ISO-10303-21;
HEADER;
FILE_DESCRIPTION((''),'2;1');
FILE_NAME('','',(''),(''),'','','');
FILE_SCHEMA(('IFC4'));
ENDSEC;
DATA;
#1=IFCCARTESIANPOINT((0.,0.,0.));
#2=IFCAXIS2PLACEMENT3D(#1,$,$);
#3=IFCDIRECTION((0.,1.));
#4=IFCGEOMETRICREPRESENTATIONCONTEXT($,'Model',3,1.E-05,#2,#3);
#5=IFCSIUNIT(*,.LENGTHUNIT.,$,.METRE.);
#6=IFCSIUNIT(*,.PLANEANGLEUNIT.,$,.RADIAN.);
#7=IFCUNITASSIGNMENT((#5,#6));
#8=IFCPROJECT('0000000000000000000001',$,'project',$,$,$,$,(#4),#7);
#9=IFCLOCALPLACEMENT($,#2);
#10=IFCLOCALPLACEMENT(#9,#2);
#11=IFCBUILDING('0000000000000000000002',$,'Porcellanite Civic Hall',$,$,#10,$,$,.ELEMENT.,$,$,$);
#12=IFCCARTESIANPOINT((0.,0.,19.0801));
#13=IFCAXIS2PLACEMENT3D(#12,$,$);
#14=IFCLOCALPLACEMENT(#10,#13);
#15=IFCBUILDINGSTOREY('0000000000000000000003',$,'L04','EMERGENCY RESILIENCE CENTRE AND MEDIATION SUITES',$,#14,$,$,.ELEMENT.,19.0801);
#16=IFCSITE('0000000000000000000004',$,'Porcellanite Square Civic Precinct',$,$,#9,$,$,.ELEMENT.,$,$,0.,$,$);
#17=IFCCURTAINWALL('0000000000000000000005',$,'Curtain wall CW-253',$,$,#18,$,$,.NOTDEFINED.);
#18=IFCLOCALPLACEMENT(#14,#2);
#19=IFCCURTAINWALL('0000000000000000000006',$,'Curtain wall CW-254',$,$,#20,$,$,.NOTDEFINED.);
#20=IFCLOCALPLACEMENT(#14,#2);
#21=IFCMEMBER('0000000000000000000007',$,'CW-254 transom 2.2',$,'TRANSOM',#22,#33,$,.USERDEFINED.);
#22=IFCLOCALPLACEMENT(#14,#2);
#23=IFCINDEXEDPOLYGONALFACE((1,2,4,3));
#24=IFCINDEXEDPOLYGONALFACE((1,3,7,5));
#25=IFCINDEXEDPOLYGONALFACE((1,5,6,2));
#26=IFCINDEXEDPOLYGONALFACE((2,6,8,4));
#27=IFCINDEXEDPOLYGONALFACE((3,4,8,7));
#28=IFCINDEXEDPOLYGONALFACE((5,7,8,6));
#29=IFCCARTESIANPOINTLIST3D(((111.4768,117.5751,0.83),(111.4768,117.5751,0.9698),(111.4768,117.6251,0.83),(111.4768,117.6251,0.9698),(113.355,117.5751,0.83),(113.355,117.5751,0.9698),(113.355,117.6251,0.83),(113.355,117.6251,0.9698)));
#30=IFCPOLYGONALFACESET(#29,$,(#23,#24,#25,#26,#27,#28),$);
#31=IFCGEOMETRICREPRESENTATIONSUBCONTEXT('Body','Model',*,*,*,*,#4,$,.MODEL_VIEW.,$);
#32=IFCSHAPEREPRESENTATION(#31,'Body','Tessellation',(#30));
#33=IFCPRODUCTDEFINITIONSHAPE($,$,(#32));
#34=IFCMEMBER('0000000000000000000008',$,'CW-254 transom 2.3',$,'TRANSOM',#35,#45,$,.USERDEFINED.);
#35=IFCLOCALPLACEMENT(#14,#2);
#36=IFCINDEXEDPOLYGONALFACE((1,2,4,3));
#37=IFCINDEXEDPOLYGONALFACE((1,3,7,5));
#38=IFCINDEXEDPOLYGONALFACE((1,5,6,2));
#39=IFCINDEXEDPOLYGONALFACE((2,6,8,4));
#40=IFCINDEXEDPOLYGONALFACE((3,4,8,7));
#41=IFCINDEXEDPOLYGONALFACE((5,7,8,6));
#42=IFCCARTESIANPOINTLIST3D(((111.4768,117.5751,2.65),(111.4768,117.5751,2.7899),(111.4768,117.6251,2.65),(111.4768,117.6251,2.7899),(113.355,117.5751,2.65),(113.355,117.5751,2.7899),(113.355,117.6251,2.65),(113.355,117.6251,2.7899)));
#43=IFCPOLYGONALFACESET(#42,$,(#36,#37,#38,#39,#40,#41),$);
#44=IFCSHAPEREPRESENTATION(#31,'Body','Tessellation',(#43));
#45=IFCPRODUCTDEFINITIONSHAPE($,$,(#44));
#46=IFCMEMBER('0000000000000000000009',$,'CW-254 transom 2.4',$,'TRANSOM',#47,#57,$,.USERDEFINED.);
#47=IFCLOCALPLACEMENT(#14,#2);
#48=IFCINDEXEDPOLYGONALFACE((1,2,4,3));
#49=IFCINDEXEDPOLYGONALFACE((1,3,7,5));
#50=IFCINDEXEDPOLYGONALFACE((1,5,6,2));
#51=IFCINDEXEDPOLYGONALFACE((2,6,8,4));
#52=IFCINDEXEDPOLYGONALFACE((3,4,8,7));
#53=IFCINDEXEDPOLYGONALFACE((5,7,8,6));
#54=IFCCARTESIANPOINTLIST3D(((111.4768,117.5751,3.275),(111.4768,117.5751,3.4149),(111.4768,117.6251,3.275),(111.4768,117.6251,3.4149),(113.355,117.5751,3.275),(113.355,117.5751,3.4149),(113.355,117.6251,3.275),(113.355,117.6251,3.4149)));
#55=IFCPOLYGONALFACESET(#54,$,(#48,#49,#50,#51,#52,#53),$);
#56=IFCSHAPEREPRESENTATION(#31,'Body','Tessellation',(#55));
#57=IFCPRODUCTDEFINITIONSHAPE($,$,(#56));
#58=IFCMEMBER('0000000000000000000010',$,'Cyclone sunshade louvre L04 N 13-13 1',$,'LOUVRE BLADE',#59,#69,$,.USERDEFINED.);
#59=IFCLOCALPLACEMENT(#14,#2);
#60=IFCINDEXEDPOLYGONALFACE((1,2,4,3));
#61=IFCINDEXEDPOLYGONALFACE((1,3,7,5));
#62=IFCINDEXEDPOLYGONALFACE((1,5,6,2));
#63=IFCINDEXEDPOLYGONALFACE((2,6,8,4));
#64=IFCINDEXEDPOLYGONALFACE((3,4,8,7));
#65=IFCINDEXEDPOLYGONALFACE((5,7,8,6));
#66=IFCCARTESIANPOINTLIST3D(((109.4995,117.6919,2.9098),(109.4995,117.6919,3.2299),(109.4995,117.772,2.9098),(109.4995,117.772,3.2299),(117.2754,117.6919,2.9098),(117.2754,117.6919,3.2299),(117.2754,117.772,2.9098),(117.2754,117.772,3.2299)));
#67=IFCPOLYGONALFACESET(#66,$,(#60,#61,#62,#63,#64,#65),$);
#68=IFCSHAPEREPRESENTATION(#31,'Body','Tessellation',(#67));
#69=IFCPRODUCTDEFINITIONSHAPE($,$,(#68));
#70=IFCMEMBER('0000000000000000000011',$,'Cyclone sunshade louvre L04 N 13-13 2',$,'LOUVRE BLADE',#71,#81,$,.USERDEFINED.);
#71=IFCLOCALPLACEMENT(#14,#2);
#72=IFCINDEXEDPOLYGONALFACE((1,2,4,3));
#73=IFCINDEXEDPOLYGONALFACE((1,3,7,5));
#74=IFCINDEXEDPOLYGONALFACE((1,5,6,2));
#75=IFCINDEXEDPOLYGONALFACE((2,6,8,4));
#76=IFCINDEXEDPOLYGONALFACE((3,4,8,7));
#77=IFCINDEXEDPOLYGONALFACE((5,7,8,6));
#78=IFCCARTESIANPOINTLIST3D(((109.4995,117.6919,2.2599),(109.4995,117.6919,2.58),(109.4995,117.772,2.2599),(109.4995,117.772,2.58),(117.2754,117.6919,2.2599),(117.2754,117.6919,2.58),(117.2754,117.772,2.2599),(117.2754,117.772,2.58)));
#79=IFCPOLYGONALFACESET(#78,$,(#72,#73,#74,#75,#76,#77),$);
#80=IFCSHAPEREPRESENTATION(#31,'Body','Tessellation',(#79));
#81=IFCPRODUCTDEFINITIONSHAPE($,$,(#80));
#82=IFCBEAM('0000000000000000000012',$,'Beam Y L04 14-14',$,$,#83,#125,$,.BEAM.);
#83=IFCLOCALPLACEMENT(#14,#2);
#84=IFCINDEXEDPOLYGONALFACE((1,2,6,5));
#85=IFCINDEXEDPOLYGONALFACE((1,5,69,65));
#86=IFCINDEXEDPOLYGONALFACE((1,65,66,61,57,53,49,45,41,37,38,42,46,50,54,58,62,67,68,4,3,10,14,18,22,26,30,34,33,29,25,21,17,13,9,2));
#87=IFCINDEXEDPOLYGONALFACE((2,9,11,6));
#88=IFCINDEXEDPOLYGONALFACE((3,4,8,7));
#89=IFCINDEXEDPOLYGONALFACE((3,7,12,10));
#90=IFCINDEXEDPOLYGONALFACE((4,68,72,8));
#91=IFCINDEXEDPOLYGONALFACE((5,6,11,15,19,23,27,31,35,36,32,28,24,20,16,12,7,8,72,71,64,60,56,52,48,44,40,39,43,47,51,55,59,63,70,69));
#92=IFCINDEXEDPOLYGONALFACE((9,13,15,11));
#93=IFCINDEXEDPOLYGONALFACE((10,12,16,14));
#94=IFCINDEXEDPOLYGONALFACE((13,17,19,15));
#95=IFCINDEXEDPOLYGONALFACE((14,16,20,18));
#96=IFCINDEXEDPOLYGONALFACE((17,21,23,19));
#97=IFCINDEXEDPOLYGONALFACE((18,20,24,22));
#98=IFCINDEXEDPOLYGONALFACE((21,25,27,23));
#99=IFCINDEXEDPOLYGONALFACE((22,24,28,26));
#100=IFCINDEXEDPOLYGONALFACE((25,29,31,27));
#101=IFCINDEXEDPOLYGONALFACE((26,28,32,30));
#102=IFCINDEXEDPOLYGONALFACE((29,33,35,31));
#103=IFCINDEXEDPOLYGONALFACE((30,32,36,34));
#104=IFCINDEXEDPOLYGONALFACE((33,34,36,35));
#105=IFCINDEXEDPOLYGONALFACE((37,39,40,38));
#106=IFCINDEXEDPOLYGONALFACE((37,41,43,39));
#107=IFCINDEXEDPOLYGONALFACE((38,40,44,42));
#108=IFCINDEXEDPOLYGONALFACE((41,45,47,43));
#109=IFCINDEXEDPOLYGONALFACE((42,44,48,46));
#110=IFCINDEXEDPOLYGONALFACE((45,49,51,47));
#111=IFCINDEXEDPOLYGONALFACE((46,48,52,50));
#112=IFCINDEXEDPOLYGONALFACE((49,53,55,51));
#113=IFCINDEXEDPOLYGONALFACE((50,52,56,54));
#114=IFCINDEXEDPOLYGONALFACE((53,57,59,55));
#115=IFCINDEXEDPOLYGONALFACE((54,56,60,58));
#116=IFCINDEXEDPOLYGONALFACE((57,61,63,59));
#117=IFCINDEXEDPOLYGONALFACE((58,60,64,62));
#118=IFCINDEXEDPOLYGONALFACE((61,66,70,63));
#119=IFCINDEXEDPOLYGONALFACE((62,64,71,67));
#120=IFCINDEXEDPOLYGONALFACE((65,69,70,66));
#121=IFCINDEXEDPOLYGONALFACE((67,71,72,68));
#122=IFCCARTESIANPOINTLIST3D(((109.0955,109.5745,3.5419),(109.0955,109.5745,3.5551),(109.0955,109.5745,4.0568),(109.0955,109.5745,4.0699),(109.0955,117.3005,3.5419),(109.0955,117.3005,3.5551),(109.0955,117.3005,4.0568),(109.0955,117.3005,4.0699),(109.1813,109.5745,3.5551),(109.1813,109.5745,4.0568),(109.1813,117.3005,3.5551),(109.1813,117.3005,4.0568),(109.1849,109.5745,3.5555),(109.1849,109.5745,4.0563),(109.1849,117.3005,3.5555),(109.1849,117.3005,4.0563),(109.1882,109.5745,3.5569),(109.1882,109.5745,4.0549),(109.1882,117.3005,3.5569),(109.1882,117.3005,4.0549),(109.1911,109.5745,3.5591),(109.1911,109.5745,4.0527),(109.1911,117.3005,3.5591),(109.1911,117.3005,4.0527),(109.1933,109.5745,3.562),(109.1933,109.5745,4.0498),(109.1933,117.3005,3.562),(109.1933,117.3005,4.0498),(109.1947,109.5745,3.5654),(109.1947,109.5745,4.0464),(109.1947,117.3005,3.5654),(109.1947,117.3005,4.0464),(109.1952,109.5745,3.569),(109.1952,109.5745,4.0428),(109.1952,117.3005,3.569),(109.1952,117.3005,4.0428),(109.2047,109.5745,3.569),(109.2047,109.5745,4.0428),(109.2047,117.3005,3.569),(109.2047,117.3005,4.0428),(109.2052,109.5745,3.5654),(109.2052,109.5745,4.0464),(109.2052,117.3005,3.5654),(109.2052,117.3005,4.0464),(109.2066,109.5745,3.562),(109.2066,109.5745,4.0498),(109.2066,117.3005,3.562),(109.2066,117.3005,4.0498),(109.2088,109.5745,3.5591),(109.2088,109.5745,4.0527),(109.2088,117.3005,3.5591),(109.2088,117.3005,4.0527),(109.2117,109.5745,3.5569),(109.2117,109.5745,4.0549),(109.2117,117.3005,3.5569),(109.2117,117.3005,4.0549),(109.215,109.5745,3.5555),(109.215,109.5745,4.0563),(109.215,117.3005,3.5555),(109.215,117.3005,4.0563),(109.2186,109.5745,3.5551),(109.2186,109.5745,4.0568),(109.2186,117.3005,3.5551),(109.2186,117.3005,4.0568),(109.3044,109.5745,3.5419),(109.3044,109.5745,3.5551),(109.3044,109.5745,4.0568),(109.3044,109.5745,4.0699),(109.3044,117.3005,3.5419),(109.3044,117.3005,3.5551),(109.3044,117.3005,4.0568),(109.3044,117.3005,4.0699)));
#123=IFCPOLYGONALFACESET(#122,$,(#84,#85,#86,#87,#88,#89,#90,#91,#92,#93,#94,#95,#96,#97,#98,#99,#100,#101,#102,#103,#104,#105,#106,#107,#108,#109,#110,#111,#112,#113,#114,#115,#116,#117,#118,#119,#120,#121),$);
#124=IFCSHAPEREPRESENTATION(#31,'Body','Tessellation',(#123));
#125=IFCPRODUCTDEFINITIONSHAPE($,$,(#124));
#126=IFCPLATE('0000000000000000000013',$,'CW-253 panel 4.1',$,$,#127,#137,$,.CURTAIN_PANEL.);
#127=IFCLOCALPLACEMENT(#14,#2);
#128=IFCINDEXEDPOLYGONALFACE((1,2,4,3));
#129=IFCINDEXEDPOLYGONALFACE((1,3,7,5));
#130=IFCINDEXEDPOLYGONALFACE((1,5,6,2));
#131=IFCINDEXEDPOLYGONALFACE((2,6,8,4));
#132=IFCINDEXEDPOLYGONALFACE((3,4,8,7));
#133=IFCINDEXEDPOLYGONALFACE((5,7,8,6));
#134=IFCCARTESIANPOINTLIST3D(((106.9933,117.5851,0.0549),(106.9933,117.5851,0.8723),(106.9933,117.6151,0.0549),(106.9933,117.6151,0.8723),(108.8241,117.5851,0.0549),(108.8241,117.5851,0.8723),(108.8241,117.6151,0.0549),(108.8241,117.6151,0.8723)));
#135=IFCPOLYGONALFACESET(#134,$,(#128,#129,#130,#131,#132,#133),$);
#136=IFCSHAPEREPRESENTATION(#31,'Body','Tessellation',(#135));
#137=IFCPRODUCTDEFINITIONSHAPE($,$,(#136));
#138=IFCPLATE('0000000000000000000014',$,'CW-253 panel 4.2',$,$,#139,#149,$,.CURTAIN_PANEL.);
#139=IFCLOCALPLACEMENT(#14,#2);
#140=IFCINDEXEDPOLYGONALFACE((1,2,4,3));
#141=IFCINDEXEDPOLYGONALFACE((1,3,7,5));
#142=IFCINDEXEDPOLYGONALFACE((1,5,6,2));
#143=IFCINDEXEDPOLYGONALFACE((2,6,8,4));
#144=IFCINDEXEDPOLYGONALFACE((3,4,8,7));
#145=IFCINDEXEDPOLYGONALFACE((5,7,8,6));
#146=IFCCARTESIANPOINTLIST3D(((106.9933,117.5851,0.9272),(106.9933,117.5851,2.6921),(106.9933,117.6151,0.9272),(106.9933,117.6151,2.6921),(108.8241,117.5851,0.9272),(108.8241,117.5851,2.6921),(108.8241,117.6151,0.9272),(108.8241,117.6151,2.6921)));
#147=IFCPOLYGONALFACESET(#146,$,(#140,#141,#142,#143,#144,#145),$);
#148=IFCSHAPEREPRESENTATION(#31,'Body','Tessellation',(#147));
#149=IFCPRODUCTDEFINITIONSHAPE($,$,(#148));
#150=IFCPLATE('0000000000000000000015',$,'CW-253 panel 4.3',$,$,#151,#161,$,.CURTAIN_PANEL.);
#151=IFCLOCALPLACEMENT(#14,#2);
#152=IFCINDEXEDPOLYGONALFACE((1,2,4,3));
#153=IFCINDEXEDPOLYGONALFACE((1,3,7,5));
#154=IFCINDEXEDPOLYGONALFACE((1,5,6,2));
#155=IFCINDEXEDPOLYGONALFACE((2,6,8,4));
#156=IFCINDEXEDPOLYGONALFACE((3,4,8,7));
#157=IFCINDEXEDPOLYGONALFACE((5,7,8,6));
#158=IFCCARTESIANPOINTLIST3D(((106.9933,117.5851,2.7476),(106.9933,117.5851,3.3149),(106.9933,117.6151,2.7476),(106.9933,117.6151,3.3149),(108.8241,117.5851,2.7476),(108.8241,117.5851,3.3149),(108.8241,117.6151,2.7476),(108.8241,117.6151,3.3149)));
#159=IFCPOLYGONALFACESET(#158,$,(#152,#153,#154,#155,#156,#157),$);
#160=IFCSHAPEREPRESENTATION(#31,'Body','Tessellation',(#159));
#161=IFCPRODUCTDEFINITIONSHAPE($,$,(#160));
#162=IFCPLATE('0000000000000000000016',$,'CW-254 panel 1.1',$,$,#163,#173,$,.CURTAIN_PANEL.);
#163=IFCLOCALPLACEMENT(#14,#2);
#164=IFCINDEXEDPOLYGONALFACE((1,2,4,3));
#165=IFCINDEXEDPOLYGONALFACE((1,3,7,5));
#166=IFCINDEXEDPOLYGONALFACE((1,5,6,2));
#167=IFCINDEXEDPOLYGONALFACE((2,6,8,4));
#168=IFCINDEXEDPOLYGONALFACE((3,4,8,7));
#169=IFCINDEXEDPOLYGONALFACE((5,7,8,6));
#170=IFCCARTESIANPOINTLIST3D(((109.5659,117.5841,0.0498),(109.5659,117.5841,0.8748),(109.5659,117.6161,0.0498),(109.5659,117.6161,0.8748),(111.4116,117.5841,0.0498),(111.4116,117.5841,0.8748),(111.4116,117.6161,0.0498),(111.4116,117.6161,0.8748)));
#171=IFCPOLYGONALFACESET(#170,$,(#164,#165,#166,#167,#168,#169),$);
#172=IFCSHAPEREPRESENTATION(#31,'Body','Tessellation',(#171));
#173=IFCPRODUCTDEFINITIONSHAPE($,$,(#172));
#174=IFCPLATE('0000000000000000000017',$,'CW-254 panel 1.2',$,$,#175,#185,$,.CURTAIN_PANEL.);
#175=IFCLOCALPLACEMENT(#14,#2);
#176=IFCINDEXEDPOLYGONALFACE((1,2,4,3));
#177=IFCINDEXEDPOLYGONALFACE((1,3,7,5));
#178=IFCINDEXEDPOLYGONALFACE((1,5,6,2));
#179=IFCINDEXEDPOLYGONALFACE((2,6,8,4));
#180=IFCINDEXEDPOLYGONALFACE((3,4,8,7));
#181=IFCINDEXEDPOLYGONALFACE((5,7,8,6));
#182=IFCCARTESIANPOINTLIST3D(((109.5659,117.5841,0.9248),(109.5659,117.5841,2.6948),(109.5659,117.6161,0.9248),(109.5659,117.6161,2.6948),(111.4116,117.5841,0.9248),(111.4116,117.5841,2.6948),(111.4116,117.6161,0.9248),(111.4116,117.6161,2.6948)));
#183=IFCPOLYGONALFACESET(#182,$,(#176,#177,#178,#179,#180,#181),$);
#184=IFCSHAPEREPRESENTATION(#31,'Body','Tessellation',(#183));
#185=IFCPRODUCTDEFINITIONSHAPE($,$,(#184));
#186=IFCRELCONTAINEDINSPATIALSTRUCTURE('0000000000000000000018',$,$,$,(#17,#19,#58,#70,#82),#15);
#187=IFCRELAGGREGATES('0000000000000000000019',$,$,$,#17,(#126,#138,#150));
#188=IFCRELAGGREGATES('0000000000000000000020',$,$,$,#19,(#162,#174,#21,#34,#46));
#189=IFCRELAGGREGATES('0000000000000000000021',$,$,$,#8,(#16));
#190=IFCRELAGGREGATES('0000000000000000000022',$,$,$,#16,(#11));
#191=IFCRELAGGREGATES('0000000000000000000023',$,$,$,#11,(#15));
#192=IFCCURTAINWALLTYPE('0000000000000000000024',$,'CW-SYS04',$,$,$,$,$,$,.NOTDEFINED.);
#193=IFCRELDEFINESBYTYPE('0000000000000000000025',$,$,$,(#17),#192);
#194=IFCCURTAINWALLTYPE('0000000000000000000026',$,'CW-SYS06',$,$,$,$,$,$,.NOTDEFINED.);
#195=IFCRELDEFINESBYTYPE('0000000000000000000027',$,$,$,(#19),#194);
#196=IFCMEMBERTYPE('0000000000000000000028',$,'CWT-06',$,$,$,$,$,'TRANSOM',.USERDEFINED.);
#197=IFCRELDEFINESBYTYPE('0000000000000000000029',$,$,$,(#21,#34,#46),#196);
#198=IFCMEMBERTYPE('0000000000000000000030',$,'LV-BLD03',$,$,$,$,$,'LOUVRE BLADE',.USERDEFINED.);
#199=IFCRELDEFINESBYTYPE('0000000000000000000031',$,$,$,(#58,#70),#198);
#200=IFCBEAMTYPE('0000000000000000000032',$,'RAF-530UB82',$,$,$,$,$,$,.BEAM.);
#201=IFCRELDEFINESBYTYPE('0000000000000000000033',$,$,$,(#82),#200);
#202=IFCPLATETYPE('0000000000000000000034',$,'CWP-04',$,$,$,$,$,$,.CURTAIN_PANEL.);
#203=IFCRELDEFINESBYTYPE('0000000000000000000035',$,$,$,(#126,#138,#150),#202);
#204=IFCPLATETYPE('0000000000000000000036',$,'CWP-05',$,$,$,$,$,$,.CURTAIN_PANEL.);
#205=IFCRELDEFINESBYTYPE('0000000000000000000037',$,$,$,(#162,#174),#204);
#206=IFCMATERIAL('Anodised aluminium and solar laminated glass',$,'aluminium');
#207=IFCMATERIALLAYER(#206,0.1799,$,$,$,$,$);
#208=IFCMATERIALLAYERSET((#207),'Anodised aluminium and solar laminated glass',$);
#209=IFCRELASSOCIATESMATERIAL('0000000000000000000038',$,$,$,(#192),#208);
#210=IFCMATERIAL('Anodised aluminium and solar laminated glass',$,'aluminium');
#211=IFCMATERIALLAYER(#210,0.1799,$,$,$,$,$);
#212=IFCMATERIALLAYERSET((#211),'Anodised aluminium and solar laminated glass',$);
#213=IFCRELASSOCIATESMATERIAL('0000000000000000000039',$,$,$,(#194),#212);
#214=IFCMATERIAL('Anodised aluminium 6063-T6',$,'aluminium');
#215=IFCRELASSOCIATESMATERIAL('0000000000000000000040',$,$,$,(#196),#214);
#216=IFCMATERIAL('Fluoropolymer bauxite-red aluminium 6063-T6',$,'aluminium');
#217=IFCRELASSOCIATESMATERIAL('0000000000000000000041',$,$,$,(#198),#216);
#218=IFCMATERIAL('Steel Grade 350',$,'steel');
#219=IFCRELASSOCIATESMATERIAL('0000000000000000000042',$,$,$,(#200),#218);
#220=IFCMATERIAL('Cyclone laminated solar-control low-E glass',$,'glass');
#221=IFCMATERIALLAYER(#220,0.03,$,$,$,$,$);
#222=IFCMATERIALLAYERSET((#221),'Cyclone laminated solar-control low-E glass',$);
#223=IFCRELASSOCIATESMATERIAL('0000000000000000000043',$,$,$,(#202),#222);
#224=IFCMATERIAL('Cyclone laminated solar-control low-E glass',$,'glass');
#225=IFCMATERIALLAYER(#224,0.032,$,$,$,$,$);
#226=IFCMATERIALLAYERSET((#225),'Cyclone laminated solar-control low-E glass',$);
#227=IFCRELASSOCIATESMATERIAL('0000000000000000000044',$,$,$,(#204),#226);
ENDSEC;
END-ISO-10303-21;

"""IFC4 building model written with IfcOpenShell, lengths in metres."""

from ifc_helpers import new_model, si_unit, direction, frame, origin, origin_2d, place, context, subcontext, project, spatial, rectangle, i_section, extrude, material, layer, layer_set, material_profile, profile_set, type_object, element, aggregate, save


model = new_model("IFC4")

# Units and contexts
model_context = context("Model", 3, precision=1e-05, world=origin(), true_north=direction((0.0, 1.0)))
body_context = subcontext(model_context, "Body", "Model", "MODEL_VIEW")
ifc_project = project(units=[si_unit("LENGTHUNIT", "METRE"), si_unit("PLANEANGLEUNIT", "RADIAN")], contexts=[model_context])

# Site, building, storey
site_placement = place(None, origin())
site = spatial("IfcSite", under=ifc_project, at=site_placement, Name="Porcellanite Square Civic Precinct", CompositionType="ELEMENT", RefElevation=0.0)
building_placement = place(site_placement, origin())
building = spatial("IfcBuilding", under=site, at=building_placement, Name="Porcellanite Civic Hall", CompositionType="ELEMENT")
storey_placement = place(building_placement, frame((0.0, 0.0, 19.0801)))
storey = spatial("IfcBuildingStorey", under=building, at=storey_placement, Name="L04", Description="EMERGENCY RESILIENCE CENTRE AND MEDIATION SUITES", CompositionType="ELEMENT", Elevation=19.0801)

# Curtain wall
ifc_material_1 = material(Name="Anodised aluminium and solar laminated glass", Category="aluminium")
ifc_layer_1 = layer(ifc_material_1, 0.1799)
ifc_layer_set_1 = layer_set([ifc_layer_1], Name="Anodised aluminium and solar laminated glass")
curtain_wall_type_1 = type_object("IfcCurtainWallType", Name="CW-SYS04", PredefinedType="NOTDEFINED", material=ifc_layer_set_1)
curtain_wall_1_placement = place(storey_placement, origin())
curtain_wall_1 = element("IfcCurtainWall", 1, at=curtain_wall_1_placement, inside=storey, type_object=curtain_wall_type_1, Name="Curtain wall CW-253", PredefinedType="NOTDEFINED")

# Curtain wall
ifc_material_2 = material(Name="Anodised aluminium and solar laminated glass", Category="aluminium")
ifc_layer_2 = layer(ifc_material_2, 0.1799)
ifc_layer_set_2 = layer_set([ifc_layer_2], Name="Anodised aluminium and solar laminated glass")
curtain_wall_type_2 = type_object("IfcCurtainWallType", Name="CW-SYS06", PredefinedType="NOTDEFINED", material=ifc_layer_set_2)
curtain_wall_2_placement = place(storey_placement, origin())
curtain_wall_2 = element("IfcCurtainWall", 2, at=curtain_wall_2_placement, inside=storey, type_object=curtain_wall_type_2, Name="Curtain wall CW-254", PredefinedType="NOTDEFINED")

# Members
ifc_material_3 = material(Name="Anodised aluminium 6063-T6", Category="aluminium")
ifc_material_profile_1 = material_profile(ifc_material_3, rectangle(XDim=0.05, YDim=0.1399, at=origin_2d()), Name="AL-50x140")
ifc_profile_set_1 = profile_set([ifc_material_profile_1], Name="Anodised aluminium 6063-T6")
member_type_1 = type_object("IfcMemberType", Name="CWT-06", ElementType="TRANSOM", PredefinedType="USERDEFINED", material=ifc_profile_set_1)
member_1_placement = place(storey_placement, frame((111.4768, 117.6001, 0.8999), z_axis=(1.0, 0.0, 0.0), x_axis=(0.0, 1.0, 0.0)))
member_1 = element("IfcMember", 3, at=member_1_placement, type_object=member_type_1, Name="CW-254 transom 2.2", ObjectType="TRANSOM", PredefinedType="USERDEFINED", context=body_context, shape_type="SweptSolid", body=[
    extrude(rectangle(XDim=0.05, YDim=0.1399, at=origin_2d()), origin(), (0.0, 0.0, 1.0), 1.8782),
])
member_2_placement = place(storey_placement, frame((111.4768, 117.6001, 2.72), z_axis=(1.0, 0.0, 0.0), x_axis=(0.0, 1.0, 0.0)))
member_2 = element("IfcMember", 4, at=member_2_placement, type_object=member_type_1, Name="CW-254 transom 2.3", ObjectType="TRANSOM", PredefinedType="USERDEFINED", context=body_context, shape_type="SweptSolid", body=[
    extrude(rectangle(XDim=0.05, YDim=0.1399, at=origin_2d()), origin(), (0.0, 0.0, 1.0), 1.8782),
])
member_3_placement = place(storey_placement, frame((111.4768, 117.6001, 3.345), z_axis=(1.0, 0.0, 0.0), x_axis=(0.0, 1.0, 0.0)))
member_3 = element("IfcMember", 5, at=member_3_placement, type_object=member_type_1, Name="CW-254 transom 2.4", ObjectType="TRANSOM", PredefinedType="USERDEFINED", context=body_context, shape_type="SweptSolid", body=[
    extrude(rectangle(XDim=0.05, YDim=0.1399, at=origin_2d()), origin(), (0.0, 0.0, 1.0), 1.8782),
])

# Members
ifc_material_4 = material(Name="Fluoropolymer bauxite-red aluminium 6063-T6", Category="aluminium")
ifc_material_profile_2 = material_profile(ifc_material_4, rectangle(XDim=0.0801, YDim=0.3201, at=origin_2d()), Name="AL-80x320")
ifc_profile_set_2 = profile_set([ifc_material_profile_2], Name="Fluoropolymer bauxite-red aluminium 6063-T6")
member_type_2 = type_object("IfcMemberType", Name="LV-BLD03", ElementType="LOUVRE BLADE", PredefinedType="USERDEFINED", material=ifc_profile_set_2)
for number, where, z_axis, x_axis, name in (
    (6, (109.4995, 117.7319, 3.0698), (1.0, 0.0, 0.0), (0.0, 1.0, 0.0), "Cyclone sunshade louvre L04 N 13-13 1"),
    (7, (109.4995, 117.7319, 2.4199), (1.0, 0.0, 0.0), (0.0, 1.0, 0.0), "Cyclone sunshade louvre L04 N 13-13 2"),
):
    element("IfcMember", number, at=place(storey_placement, frame(where, z_axis=z_axis, x_axis=x_axis)), inside=storey, type_object=member_type_2, Name=name, ObjectType="LOUVRE BLADE", PredefinedType="USERDEFINED", context=body_context, shape_type="SweptSolid", body=[
        extrude(rectangle(XDim=0.0801, YDim=0.3201, at=origin_2d()), origin(), (0.0, 0.0, 1.0), 7.7759),
    ])

# Beam
ifc_material_5 = material(Name="Steel Grade 350", Category="steel")
ifc_material_profile_3 = material_profile(ifc_material_5, i_section(OverallWidth=0.209, OverallDepth=0.5281, WebThickness=0.0095, FlangeThickness=0.0132, FilletRadius=0.0139, at=origin_2d()), Name="530UB82.0")
ifc_profile_set_3 = profile_set([ifc_material_profile_3], Name="Steel Grade 350")
beam_type_1 = type_object("IfcBeamType", Name="RAF-530UB82", PredefinedType="BEAM", material=ifc_profile_set_3)
beam_1_placement = place(storey_placement, frame((109.2, 109.5745, 3.8059), z_axis=(0.0, 1.0, 0.0), x_axis=(-1.0, 0.0, 0.0)))
element("IfcBeam", 8, at=beam_1_placement, inside=storey, type_object=beam_type_1, Name="Beam Y L04 14-14", PredefinedType="BEAM", context=body_context, shape_type="SweptSolid", body=[
    extrude(i_section(OverallWidth=0.209, OverallDepth=0.5281, WebThickness=0.0095, FlangeThickness=0.0132, FilletRadius=0.0139, at=origin_2d()), origin(), (0.0, 0.0, 1.0), 7.7261),
])

# Plates
ifc_material_6 = material(Name="Cyclone laminated solar-control low-E glass", Category="glass")
ifc_layer_3 = layer(ifc_material_6, 0.03)
ifc_layer_set_3 = layer_set([ifc_layer_3], Name="Cyclone laminated solar-control low-E glass")
plate_type_1 = type_object("IfcPlateType", Name="CWP-04", PredefinedType="CURTAIN_PANEL", material=ifc_layer_set_3)
plate_1_placement = place(storey_placement, frame((107.9087, 117.6001, 0.0549), z_axis=(0.0, 0.0, 1.0), x_axis=(1.0, 0.0, 0.0)))
plate_1 = element("IfcPlate", 9, at=plate_1_placement, type_object=plate_type_1, Name="CW-253 panel 4.1", PredefinedType="CURTAIN_PANEL", context=body_context, shape_type="SweptSolid", body=[
    extrude(rectangle(XDim=1.8308, YDim=0.03, at=origin_2d()), origin(), (0.0, 0.0, 1.0), 0.8174),
])
plate_2_placement = place(storey_placement, frame((107.9087, 117.6001, 0.9272), z_axis=(0.0, 0.0, 1.0), x_axis=(1.0, 0.0, 0.0)))
plate_2 = element("IfcPlate", 10, at=plate_2_placement, type_object=plate_type_1, Name="CW-253 panel 4.2", PredefinedType="CURTAIN_PANEL", context=body_context, shape_type="SweptSolid", body=[
    extrude(rectangle(XDim=1.8308, YDim=0.03, at=origin_2d()), origin(), (0.0, 0.0, 1.0), 1.7649),
])
plate_3_placement = place(storey_placement, frame((107.9087, 117.6001, 2.7476), z_axis=(0.0, 0.0, 1.0), x_axis=(1.0, 0.0, 0.0)))
plate_3 = element("IfcPlate", 11, at=plate_3_placement, type_object=plate_type_1, Name="CW-253 panel 4.3", PredefinedType="CURTAIN_PANEL", context=body_context, shape_type="SweptSolid", body=[
    extrude(rectangle(XDim=1.8308, YDim=0.03, at=origin_2d()), origin(), (0.0, 0.0, 1.0), 0.5674),
])
aggregate(curtain_wall_1, [plate_1, plate_2, plate_3])
ifc_material_7 = material(Name="Cyclone laminated solar-control low-E glass", Category="glass")
ifc_layer_4 = layer(ifc_material_7, 0.032)
ifc_layer_set_4 = layer_set([ifc_layer_4], Name="Cyclone laminated solar-control low-E glass")
plate_type_2 = type_object("IfcPlateType", Name="CWP-05", PredefinedType="CURTAIN_PANEL", material=ifc_layer_set_4)
plate_4_placement = place(storey_placement, frame((110.4888, 117.6001, 0.0498), z_axis=(0.0, 0.0, 1.0), x_axis=(1.0, 0.0, 0.0)))
plate_4 = element("IfcPlate", 12, at=plate_4_placement, type_object=plate_type_2, Name="CW-254 panel 1.1", PredefinedType="CURTAIN_PANEL", context=body_context, shape_type="SweptSolid", body=[
    extrude(rectangle(XDim=1.8457, YDim=0.032, at=origin_2d()), origin(), (0.0, 0.0, 1.0), 0.825),
])
plate_5_placement = place(storey_placement, frame((110.4888, 117.6001, 0.9248), z_axis=(0.0, 0.0, 1.0), x_axis=(1.0, 0.0, 0.0)))
plate_5 = element("IfcPlate", 13, at=plate_5_placement, type_object=plate_type_2, Name="CW-254 panel 1.2", PredefinedType="CURTAIN_PANEL", context=body_context, shape_type="SweptSolid", body=[
    extrude(rectangle(XDim=1.8457, YDim=0.032, at=origin_2d()), origin(), (0.0, 0.0, 1.0), 1.77),
])
aggregate(curtain_wall_2, [plate_4, plate_5, member_1, member_2, member_3])

save(model, "model.ifc")
